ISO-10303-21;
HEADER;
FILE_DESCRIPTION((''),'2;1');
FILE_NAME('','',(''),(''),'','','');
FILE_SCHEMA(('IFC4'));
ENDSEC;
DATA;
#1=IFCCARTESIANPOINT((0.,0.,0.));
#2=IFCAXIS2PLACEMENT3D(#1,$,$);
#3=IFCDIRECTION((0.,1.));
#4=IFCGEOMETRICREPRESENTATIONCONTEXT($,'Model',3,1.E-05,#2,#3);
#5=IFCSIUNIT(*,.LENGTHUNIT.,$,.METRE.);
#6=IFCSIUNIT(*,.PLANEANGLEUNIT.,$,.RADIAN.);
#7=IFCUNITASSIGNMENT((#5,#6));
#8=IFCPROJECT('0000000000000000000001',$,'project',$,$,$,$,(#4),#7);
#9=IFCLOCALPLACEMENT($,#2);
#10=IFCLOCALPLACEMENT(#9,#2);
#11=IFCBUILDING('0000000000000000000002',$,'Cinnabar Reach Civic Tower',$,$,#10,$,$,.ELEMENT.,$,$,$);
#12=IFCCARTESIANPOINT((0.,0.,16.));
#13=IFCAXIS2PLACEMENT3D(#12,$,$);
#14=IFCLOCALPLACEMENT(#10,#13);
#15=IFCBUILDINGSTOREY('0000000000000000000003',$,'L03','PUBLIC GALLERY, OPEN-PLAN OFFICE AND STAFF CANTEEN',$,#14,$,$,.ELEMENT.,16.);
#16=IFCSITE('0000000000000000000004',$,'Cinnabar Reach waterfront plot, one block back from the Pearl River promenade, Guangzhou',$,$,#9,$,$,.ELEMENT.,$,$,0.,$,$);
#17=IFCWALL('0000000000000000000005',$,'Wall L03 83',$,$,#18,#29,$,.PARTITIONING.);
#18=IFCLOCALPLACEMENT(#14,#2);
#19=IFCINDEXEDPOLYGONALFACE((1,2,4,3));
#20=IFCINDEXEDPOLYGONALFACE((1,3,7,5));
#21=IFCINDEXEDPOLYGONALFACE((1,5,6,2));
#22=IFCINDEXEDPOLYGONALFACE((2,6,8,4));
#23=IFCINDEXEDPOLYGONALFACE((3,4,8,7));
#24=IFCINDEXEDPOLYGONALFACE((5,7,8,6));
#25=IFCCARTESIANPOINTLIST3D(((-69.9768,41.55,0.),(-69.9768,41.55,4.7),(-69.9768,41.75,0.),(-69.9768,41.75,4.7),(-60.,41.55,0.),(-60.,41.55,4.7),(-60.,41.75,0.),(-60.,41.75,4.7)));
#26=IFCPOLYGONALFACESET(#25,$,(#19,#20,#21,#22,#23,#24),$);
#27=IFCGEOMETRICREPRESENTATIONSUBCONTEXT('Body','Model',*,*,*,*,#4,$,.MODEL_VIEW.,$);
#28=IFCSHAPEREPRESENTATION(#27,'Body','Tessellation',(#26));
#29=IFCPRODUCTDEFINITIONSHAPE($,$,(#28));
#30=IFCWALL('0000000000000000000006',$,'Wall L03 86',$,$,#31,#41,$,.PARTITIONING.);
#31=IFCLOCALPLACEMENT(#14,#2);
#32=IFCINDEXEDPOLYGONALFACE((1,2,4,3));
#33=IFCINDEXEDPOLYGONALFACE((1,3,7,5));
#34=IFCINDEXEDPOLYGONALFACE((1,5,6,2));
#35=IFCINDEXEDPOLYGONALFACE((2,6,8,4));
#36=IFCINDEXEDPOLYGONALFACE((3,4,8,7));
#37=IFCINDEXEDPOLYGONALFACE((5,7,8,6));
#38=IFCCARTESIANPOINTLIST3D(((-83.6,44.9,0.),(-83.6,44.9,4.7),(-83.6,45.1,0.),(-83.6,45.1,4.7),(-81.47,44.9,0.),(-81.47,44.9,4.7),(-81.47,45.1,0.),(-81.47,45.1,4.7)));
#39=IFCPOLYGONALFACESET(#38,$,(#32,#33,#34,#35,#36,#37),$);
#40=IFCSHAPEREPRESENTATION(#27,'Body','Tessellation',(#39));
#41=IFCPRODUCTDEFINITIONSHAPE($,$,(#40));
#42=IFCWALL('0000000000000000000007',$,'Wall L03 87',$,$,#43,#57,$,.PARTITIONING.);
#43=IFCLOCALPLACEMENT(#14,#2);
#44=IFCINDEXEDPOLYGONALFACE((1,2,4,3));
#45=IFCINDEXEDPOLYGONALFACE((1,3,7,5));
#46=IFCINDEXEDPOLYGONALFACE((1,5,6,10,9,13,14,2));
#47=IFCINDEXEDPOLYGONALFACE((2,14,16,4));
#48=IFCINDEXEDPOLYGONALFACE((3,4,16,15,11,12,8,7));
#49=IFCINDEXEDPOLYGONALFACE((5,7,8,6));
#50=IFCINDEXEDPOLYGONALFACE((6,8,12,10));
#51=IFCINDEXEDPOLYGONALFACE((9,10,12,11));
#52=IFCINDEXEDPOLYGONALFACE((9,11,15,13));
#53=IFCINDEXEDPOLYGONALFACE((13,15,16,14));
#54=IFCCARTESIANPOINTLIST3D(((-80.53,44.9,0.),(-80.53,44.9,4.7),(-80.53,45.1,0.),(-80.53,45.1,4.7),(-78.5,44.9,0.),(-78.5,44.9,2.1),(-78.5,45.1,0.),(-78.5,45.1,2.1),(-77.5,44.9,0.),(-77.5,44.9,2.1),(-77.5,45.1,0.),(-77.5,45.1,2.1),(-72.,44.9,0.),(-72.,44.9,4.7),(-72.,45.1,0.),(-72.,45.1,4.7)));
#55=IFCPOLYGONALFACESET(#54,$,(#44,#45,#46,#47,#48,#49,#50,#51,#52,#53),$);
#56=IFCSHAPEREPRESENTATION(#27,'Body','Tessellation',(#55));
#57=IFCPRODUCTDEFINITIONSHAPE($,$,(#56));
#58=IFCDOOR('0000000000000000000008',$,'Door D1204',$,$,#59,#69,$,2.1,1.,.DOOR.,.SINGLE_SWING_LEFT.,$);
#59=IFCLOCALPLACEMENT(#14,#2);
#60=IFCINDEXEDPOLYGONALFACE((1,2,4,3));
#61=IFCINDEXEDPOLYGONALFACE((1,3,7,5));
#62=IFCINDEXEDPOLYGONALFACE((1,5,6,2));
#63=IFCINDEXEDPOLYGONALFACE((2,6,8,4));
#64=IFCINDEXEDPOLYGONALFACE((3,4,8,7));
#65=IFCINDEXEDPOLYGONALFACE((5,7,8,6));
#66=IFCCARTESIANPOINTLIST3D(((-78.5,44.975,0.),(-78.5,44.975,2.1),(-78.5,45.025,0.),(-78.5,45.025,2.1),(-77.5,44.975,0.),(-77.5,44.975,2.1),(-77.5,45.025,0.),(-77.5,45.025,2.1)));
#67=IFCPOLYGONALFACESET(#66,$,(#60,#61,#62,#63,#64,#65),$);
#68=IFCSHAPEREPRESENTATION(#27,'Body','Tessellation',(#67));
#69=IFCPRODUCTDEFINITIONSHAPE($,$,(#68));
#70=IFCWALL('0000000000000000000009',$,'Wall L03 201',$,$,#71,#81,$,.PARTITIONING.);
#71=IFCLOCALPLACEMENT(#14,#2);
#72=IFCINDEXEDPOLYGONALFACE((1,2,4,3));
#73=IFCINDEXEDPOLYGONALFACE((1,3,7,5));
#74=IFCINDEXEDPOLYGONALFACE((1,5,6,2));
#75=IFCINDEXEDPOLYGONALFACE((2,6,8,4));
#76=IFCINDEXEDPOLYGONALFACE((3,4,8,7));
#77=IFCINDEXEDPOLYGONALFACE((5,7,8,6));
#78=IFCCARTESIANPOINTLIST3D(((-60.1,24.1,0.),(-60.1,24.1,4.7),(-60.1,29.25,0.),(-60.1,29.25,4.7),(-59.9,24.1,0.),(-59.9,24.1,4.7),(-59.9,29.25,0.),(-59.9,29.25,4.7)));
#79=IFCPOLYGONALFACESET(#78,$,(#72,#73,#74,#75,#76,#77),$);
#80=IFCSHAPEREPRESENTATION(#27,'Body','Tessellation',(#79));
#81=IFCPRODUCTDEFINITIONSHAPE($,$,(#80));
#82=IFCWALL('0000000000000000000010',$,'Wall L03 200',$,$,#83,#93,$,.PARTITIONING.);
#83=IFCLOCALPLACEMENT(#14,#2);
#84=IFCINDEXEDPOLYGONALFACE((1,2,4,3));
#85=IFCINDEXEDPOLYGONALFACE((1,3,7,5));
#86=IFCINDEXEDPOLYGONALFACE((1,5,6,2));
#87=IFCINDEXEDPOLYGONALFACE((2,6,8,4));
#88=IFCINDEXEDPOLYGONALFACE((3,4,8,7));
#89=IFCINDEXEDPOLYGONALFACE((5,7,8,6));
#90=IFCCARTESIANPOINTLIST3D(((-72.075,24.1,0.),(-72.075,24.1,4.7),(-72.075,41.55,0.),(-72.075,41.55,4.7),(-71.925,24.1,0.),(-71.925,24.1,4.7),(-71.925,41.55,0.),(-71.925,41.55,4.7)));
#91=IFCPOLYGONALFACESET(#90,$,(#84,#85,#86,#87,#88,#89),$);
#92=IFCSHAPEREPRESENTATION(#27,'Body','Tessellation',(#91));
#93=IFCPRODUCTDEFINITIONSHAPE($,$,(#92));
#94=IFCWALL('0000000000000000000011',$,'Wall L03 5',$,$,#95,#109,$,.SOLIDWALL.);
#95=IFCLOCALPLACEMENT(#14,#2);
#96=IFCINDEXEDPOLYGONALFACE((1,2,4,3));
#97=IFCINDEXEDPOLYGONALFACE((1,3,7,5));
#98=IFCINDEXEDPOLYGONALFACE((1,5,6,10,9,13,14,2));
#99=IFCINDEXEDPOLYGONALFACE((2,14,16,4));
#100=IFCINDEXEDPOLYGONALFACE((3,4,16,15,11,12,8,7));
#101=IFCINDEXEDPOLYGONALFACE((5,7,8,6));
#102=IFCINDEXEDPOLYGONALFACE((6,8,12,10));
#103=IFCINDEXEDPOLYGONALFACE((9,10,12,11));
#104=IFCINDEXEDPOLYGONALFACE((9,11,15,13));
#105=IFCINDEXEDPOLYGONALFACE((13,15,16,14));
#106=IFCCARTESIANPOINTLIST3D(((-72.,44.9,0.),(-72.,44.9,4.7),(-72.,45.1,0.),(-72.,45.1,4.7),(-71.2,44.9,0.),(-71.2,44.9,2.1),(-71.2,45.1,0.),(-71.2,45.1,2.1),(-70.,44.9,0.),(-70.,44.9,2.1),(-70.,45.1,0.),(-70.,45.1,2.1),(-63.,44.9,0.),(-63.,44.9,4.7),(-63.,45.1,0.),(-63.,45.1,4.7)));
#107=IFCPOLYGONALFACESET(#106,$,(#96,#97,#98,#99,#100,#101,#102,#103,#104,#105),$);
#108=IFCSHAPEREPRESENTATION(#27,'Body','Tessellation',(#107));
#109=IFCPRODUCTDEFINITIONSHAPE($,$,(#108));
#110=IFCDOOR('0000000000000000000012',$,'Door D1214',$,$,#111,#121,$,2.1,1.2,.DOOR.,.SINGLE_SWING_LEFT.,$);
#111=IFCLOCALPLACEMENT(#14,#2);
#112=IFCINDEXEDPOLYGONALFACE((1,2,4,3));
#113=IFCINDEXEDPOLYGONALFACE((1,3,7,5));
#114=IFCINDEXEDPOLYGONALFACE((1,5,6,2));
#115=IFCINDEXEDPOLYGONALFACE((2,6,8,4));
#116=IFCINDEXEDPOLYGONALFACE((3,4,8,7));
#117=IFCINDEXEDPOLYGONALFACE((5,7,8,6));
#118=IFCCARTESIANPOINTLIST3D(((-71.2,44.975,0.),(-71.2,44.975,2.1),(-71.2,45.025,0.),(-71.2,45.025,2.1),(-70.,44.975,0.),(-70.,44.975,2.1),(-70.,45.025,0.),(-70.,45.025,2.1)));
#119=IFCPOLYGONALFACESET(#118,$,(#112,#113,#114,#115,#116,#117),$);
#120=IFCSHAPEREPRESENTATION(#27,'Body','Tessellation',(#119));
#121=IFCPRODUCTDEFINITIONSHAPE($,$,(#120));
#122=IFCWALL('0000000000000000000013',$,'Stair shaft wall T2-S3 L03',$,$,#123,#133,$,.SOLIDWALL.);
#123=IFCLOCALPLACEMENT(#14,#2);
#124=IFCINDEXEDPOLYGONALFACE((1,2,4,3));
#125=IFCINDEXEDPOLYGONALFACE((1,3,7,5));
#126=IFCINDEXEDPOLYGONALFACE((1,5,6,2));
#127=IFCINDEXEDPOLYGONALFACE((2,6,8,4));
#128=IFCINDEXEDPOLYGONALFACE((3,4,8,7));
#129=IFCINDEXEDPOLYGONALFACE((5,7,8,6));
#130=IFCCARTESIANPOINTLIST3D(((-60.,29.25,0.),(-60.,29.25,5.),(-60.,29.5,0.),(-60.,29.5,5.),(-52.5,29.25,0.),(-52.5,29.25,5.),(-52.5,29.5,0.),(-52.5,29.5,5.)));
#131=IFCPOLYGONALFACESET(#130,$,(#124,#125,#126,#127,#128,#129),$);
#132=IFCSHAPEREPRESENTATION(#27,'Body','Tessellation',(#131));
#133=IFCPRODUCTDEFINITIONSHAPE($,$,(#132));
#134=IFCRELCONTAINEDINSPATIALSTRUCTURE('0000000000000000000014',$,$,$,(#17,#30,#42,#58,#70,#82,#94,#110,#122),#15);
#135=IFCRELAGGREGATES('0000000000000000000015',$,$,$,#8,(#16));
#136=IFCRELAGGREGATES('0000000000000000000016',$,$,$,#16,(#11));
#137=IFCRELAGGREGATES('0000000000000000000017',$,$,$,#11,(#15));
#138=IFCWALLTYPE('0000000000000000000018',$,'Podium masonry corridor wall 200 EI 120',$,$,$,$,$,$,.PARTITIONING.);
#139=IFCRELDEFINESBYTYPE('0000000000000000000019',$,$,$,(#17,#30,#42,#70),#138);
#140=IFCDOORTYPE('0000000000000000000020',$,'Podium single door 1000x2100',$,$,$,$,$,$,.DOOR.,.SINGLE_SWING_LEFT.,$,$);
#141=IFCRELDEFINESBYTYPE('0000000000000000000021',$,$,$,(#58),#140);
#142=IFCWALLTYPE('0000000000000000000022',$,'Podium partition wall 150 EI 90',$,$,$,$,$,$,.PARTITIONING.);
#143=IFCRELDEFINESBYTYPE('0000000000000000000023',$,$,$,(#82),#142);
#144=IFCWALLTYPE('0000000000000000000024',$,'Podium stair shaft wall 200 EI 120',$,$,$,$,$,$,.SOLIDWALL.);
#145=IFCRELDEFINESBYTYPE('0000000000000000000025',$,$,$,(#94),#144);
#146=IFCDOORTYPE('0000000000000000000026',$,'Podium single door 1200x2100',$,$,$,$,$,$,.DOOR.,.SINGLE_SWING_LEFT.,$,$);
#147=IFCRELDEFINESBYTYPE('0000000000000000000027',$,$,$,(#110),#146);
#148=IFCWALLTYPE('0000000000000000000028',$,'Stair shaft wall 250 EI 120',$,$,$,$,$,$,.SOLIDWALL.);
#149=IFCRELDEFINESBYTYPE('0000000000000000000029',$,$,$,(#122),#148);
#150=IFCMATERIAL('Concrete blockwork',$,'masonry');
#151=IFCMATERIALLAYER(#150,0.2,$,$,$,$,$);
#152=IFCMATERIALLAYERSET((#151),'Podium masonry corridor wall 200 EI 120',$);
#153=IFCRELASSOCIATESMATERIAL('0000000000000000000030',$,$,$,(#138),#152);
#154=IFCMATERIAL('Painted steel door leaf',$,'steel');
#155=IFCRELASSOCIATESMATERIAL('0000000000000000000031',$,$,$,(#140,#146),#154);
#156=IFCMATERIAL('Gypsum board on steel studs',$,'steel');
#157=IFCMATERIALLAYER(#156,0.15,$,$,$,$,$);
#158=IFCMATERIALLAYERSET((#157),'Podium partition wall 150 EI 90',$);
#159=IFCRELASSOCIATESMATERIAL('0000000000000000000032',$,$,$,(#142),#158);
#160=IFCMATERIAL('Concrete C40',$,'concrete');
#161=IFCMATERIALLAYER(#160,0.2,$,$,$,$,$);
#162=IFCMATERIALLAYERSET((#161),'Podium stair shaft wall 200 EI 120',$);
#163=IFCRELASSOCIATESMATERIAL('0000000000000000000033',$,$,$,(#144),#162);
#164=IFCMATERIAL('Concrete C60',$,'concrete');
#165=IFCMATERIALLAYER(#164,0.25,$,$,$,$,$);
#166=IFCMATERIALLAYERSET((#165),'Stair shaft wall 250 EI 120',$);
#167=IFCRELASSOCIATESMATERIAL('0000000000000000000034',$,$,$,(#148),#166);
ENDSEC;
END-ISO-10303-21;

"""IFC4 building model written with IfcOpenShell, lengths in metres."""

from ifc_helpers import new_model, si_unit, direction, frame, frame_2d, origin, place, context, subcontext, project, spatial, rectangle, extrude, material, layer, layer_set, type_object, element, fill, save


model = new_model("IFC4")

# Units and contexts
model_context = context("Model", 3, precision=1e-05, world=origin(), true_north=direction((0.0, 1.0)))
body_context = subcontext(model_context, "Body", "Model", "MODEL_VIEW")
ifc_project = project(units=[si_unit("LENGTHUNIT", "METRE"), si_unit("PLANEANGLEUNIT", "RADIAN")], contexts=[model_context])

# Site, building, storey
site_placement = place(None, origin())
site = spatial("IfcSite", under=ifc_project, at=site_placement, Name="Cinnabar Reach waterfront plot, one block back from the Pearl River promenade, Guangzhou", CompositionType="ELEMENT", RefElevation=0.0)
building_placement = place(site_placement, origin())
building = spatial("IfcBuilding", under=site, at=building_placement, Name="Cinnabar Reach Civic Tower", CompositionType="ELEMENT")
storey_placement = place(building_placement, frame((0.0, 0.0, 16.0)))
storey = spatial("IfcBuildingStorey", under=building, at=storey_placement, Name="L03", Description="PUBLIC GALLERY, OPEN-PLAN OFFICE AND STAFF CANTEEN", CompositionType="ELEMENT", Elevation=16.0)

# Shared definitions
ifc_material_1 = material(Name="Concrete C60", Category="concrete")

# Shared definitions
ifc_material_2 = material(Name="Concrete blockwork", Category="masonry")
ifc_layer_1 = layer(ifc_material_2, 0.2)
ifc_layer_set_1 = layer_set([ifc_layer_1], Name="Podium masonry corridor wall 200 EI 120")
wall_type_1 = type_object("IfcWallType", Name="Podium masonry corridor wall 200 EI 120", PredefinedType="PARTITIONING", material=ifc_layer_set_1)
ifc_material_3 = material(Name="Painted steel door leaf", Category="steel")
door_type_1 = type_object("IfcDoorType", Name="Podium single door 1000x2100", OperationType="SINGLE_SWING_LEFT", PredefinedType="DOOR", material=ifc_material_3)

# Walls
wall_1_placement = place(storey_placement, frame((-69.9769, 41.65, 0.0), z_axis=(0.0, 0.0, 1.0), x_axis=(1.0, 0.0, 0.0)))
element("IfcWall", 1, at=wall_1_placement, inside=storey, type_object=wall_type_1, Name="Wall L03 83", PredefinedType="PARTITIONING", context=body_context, shape_type="SweptSolid", body=[
    extrude(rectangle(XDim=9.9769, YDim=0.2, at=frame_2d((4.9885, 0.0))), origin(), (0.0, 0.0, 1.0), 4.7),
])
wall_2_placement = place(storey_placement, frame((-83.6, 45.0, 0.0), z_axis=(0.0, 0.0, 1.0), x_axis=(1.0, 0.0, 0.0)))
element("IfcWall", 2, at=wall_2_placement, inside=storey, type_object=wall_type_1, Name="Wall L03 86", PredefinedType="PARTITIONING", context=body_context, shape_type="SweptSolid", body=[
    extrude(rectangle(XDim=2.13, YDim=0.2, at=frame_2d((1.065, 0.0))), origin(), (0.0, 0.0, 1.0), 4.7),
])

# Wall, opening, door
wall_3_placement = place(storey_placement, frame((-80.53, 45.0, 0.0), z_axis=(0.0, 0.0, 1.0), x_axis=(1.0, 0.0, 0.0)))
wall_3 = element("IfcWall", 3, at=wall_3_placement, inside=storey, type_object=wall_type_1, Name="Wall L03 87", PredefinedType="PARTITIONING", context=body_context, shape_type="SweptSolid", body=[
    extrude(rectangle(XDim=8.53, YDim=0.2, at=frame_2d((4.265, 0.0))), origin(), (0.0, 0.0, 1.0), 4.7),
])
opening_1_placement = place(wall_3_placement, frame((2.03, 0.0, 0.0)))
opening_1 = element("IfcOpeningElement", 4, at=opening_1_placement, cuts=wall_3, PredefinedType="OPENING", context=body_context, shape_type="SweptSolid", body=[
    extrude(rectangle(XDim=1.0, YDim=2.1, at=frame_2d((0.5, 1.05))), frame((0.0, 0.11, 0.0), z_axis=(0.0, -1.0, 0.0), x_axis=(1.0, 0.0, 0.0)), (0.0, 0.0, 1.0), 0.22),
])
door_1_placement = place(opening_1_placement, origin())
door_1 = element("IfcDoor", 5, at=door_1_placement, inside=storey, type_object=door_type_1, Name="Door D1204", OperationType="SINGLE_SWING_LEFT", OverallHeight=2.1, OverallWidth=1.0, PredefinedType="DOOR", context=body_context, shape_type="SweptSolid", body=[
    extrude(rectangle(XDim=1.0, YDim=2.1, at=frame_2d((0.5, 1.05))), frame((0.0, 0.025, 0.0), z_axis=(0.0, -1.0, 0.0), x_axis=(1.0, 0.0, 0.0)), (0.0, 0.0, 1.0), 0.05),
])
fill(opening_1, door_1)

# Walls
wall_4_placement = place(storey_placement, frame((-60.0, 24.1, 0.0), z_axis=(0.0, 0.0, 1.0), x_axis=(0.0, 1.0, 0.0)))
element("IfcWall", 6, at=wall_4_placement, inside=storey, type_object=wall_type_1, Name="Wall L03 201", PredefinedType="PARTITIONING", context=body_context, shape_type="SweptSolid", body=[
    extrude(rectangle(XDim=5.15, YDim=0.2, at=frame_2d((2.575, 0.0))), origin(), (0.0, 0.0, 1.0), 4.7),
])
ifc_material_4 = material(Name="Gypsum board on steel studs", Category="steel")
ifc_layer_2 = layer(ifc_material_4, 0.15)
ifc_layer_set_2 = layer_set([ifc_layer_2], Name="Podium partition wall 150 EI 90")
wall_type_2 = type_object("IfcWallType", Name="Podium partition wall 150 EI 90", PredefinedType="PARTITIONING", material=ifc_layer_set_2)
wall_5_placement = place(storey_placement, frame((-72.0, 24.1, 0.0), z_axis=(0.0, 0.0, 1.0), x_axis=(0.0, 1.0, 0.0)))
element("IfcWall", 7, at=wall_5_placement, inside=storey, type_object=wall_type_2, Name="Wall L03 200", PredefinedType="PARTITIONING", context=body_context, shape_type="SweptSolid", body=[
    extrude(rectangle(XDim=17.45, YDim=0.15, at=frame_2d((8.725, 0.0))), origin(), (0.0, 0.0, 1.0), 4.7),
])

# Wall, opening, door
ifc_material_5 = material(Name="Concrete C40", Category="concrete")
ifc_layer_3 = layer(ifc_material_5, 0.2)
ifc_layer_set_3 = layer_set([ifc_layer_3], Name="Podium stair shaft wall 200 EI 120")
wall_type_3 = type_object("IfcWallType", Name="Podium stair shaft wall 200 EI 120", PredefinedType="SOLIDWALL", material=ifc_layer_set_3)
wall_6_placement = place(storey_placement, frame((-72.0, 45.0, 0.0), z_axis=(0.0, 0.0, 1.0), x_axis=(1.0, 0.0, 0.0)))
wall_6 = element("IfcWall", 8, at=wall_6_placement, inside=storey, type_object=wall_type_3, Name="Wall L03 5", PredefinedType="SOLIDWALL", context=body_context, shape_type="SweptSolid", body=[
    extrude(rectangle(XDim=9.0, YDim=0.2, at=frame_2d((4.5, 0.0))), origin(), (0.0, 0.0, 1.0), 4.7),
])
opening_2_placement = place(wall_6_placement, frame((0.8, 0.0, 0.0)))
opening_2 = element("IfcOpeningElement", 9, at=opening_2_placement, cuts=wall_6, PredefinedType="OPENING", context=body_context, shape_type="SweptSolid", body=[
    extrude(rectangle(XDim=1.2, YDim=2.1, at=frame_2d((0.6, 1.05))), frame((0.0, 0.11, 0.0), z_axis=(0.0, -1.0, 0.0), x_axis=(1.0, 0.0, 0.0)), (0.0, 0.0, 1.0), 0.22),
])
door_type_2 = type_object("IfcDoorType", Name="Podium single door 1200x2100", OperationType="SINGLE_SWING_LEFT", PredefinedType="DOOR", material=ifc_material_3)
door_2_placement = place(opening_2_placement, origin())
door_2 = element("IfcDoor", 10, at=door_2_placement, inside=storey, type_object=door_type_2, Name="Door D1214", OperationType="SINGLE_SWING_LEFT", OverallHeight=2.1, OverallWidth=1.2, PredefinedType="DOOR", context=body_context, shape_type="SweptSolid", body=[
    extrude(rectangle(XDim=1.2, YDim=2.1, at=frame_2d((0.6, 1.05))), frame((0.0, 0.025, 0.0), z_axis=(0.0, -1.0, 0.0), x_axis=(1.0, 0.0, 0.0)), (0.0, 0.0, 1.0), 0.05),
])
fill(opening_2, door_2)

# Wall
ifc_layer_4 = layer(ifc_material_1, 0.25)
ifc_layer_set_4 = layer_set([ifc_layer_4], Name="Stair shaft wall 250 EI 120")
wall_type_4 = type_object("IfcWallType", Name="Stair shaft wall 250 EI 120", PredefinedType="SOLIDWALL", material=ifc_layer_set_4)
wall_7_placement = place(storey_placement, frame((-60.0, 29.375, 0.0), z_axis=(0.0, 0.0, 1.0), x_axis=(1.0, 0.0, 0.0)))
element("IfcWall", 11, at=wall_7_placement, inside=storey, type_object=wall_type_4, Name="Stair shaft wall T2-S3 L03", PredefinedType="SOLIDWALL", context=body_context, shape_type="SweptSolid", body=[
    extrude(rectangle(XDim=7.5, YDim=0.25, at=frame_2d((3.75, 0.0))), origin(), (0.0, 0.0, 1.0), 5.0),
])

save(model, "model.ifc")
